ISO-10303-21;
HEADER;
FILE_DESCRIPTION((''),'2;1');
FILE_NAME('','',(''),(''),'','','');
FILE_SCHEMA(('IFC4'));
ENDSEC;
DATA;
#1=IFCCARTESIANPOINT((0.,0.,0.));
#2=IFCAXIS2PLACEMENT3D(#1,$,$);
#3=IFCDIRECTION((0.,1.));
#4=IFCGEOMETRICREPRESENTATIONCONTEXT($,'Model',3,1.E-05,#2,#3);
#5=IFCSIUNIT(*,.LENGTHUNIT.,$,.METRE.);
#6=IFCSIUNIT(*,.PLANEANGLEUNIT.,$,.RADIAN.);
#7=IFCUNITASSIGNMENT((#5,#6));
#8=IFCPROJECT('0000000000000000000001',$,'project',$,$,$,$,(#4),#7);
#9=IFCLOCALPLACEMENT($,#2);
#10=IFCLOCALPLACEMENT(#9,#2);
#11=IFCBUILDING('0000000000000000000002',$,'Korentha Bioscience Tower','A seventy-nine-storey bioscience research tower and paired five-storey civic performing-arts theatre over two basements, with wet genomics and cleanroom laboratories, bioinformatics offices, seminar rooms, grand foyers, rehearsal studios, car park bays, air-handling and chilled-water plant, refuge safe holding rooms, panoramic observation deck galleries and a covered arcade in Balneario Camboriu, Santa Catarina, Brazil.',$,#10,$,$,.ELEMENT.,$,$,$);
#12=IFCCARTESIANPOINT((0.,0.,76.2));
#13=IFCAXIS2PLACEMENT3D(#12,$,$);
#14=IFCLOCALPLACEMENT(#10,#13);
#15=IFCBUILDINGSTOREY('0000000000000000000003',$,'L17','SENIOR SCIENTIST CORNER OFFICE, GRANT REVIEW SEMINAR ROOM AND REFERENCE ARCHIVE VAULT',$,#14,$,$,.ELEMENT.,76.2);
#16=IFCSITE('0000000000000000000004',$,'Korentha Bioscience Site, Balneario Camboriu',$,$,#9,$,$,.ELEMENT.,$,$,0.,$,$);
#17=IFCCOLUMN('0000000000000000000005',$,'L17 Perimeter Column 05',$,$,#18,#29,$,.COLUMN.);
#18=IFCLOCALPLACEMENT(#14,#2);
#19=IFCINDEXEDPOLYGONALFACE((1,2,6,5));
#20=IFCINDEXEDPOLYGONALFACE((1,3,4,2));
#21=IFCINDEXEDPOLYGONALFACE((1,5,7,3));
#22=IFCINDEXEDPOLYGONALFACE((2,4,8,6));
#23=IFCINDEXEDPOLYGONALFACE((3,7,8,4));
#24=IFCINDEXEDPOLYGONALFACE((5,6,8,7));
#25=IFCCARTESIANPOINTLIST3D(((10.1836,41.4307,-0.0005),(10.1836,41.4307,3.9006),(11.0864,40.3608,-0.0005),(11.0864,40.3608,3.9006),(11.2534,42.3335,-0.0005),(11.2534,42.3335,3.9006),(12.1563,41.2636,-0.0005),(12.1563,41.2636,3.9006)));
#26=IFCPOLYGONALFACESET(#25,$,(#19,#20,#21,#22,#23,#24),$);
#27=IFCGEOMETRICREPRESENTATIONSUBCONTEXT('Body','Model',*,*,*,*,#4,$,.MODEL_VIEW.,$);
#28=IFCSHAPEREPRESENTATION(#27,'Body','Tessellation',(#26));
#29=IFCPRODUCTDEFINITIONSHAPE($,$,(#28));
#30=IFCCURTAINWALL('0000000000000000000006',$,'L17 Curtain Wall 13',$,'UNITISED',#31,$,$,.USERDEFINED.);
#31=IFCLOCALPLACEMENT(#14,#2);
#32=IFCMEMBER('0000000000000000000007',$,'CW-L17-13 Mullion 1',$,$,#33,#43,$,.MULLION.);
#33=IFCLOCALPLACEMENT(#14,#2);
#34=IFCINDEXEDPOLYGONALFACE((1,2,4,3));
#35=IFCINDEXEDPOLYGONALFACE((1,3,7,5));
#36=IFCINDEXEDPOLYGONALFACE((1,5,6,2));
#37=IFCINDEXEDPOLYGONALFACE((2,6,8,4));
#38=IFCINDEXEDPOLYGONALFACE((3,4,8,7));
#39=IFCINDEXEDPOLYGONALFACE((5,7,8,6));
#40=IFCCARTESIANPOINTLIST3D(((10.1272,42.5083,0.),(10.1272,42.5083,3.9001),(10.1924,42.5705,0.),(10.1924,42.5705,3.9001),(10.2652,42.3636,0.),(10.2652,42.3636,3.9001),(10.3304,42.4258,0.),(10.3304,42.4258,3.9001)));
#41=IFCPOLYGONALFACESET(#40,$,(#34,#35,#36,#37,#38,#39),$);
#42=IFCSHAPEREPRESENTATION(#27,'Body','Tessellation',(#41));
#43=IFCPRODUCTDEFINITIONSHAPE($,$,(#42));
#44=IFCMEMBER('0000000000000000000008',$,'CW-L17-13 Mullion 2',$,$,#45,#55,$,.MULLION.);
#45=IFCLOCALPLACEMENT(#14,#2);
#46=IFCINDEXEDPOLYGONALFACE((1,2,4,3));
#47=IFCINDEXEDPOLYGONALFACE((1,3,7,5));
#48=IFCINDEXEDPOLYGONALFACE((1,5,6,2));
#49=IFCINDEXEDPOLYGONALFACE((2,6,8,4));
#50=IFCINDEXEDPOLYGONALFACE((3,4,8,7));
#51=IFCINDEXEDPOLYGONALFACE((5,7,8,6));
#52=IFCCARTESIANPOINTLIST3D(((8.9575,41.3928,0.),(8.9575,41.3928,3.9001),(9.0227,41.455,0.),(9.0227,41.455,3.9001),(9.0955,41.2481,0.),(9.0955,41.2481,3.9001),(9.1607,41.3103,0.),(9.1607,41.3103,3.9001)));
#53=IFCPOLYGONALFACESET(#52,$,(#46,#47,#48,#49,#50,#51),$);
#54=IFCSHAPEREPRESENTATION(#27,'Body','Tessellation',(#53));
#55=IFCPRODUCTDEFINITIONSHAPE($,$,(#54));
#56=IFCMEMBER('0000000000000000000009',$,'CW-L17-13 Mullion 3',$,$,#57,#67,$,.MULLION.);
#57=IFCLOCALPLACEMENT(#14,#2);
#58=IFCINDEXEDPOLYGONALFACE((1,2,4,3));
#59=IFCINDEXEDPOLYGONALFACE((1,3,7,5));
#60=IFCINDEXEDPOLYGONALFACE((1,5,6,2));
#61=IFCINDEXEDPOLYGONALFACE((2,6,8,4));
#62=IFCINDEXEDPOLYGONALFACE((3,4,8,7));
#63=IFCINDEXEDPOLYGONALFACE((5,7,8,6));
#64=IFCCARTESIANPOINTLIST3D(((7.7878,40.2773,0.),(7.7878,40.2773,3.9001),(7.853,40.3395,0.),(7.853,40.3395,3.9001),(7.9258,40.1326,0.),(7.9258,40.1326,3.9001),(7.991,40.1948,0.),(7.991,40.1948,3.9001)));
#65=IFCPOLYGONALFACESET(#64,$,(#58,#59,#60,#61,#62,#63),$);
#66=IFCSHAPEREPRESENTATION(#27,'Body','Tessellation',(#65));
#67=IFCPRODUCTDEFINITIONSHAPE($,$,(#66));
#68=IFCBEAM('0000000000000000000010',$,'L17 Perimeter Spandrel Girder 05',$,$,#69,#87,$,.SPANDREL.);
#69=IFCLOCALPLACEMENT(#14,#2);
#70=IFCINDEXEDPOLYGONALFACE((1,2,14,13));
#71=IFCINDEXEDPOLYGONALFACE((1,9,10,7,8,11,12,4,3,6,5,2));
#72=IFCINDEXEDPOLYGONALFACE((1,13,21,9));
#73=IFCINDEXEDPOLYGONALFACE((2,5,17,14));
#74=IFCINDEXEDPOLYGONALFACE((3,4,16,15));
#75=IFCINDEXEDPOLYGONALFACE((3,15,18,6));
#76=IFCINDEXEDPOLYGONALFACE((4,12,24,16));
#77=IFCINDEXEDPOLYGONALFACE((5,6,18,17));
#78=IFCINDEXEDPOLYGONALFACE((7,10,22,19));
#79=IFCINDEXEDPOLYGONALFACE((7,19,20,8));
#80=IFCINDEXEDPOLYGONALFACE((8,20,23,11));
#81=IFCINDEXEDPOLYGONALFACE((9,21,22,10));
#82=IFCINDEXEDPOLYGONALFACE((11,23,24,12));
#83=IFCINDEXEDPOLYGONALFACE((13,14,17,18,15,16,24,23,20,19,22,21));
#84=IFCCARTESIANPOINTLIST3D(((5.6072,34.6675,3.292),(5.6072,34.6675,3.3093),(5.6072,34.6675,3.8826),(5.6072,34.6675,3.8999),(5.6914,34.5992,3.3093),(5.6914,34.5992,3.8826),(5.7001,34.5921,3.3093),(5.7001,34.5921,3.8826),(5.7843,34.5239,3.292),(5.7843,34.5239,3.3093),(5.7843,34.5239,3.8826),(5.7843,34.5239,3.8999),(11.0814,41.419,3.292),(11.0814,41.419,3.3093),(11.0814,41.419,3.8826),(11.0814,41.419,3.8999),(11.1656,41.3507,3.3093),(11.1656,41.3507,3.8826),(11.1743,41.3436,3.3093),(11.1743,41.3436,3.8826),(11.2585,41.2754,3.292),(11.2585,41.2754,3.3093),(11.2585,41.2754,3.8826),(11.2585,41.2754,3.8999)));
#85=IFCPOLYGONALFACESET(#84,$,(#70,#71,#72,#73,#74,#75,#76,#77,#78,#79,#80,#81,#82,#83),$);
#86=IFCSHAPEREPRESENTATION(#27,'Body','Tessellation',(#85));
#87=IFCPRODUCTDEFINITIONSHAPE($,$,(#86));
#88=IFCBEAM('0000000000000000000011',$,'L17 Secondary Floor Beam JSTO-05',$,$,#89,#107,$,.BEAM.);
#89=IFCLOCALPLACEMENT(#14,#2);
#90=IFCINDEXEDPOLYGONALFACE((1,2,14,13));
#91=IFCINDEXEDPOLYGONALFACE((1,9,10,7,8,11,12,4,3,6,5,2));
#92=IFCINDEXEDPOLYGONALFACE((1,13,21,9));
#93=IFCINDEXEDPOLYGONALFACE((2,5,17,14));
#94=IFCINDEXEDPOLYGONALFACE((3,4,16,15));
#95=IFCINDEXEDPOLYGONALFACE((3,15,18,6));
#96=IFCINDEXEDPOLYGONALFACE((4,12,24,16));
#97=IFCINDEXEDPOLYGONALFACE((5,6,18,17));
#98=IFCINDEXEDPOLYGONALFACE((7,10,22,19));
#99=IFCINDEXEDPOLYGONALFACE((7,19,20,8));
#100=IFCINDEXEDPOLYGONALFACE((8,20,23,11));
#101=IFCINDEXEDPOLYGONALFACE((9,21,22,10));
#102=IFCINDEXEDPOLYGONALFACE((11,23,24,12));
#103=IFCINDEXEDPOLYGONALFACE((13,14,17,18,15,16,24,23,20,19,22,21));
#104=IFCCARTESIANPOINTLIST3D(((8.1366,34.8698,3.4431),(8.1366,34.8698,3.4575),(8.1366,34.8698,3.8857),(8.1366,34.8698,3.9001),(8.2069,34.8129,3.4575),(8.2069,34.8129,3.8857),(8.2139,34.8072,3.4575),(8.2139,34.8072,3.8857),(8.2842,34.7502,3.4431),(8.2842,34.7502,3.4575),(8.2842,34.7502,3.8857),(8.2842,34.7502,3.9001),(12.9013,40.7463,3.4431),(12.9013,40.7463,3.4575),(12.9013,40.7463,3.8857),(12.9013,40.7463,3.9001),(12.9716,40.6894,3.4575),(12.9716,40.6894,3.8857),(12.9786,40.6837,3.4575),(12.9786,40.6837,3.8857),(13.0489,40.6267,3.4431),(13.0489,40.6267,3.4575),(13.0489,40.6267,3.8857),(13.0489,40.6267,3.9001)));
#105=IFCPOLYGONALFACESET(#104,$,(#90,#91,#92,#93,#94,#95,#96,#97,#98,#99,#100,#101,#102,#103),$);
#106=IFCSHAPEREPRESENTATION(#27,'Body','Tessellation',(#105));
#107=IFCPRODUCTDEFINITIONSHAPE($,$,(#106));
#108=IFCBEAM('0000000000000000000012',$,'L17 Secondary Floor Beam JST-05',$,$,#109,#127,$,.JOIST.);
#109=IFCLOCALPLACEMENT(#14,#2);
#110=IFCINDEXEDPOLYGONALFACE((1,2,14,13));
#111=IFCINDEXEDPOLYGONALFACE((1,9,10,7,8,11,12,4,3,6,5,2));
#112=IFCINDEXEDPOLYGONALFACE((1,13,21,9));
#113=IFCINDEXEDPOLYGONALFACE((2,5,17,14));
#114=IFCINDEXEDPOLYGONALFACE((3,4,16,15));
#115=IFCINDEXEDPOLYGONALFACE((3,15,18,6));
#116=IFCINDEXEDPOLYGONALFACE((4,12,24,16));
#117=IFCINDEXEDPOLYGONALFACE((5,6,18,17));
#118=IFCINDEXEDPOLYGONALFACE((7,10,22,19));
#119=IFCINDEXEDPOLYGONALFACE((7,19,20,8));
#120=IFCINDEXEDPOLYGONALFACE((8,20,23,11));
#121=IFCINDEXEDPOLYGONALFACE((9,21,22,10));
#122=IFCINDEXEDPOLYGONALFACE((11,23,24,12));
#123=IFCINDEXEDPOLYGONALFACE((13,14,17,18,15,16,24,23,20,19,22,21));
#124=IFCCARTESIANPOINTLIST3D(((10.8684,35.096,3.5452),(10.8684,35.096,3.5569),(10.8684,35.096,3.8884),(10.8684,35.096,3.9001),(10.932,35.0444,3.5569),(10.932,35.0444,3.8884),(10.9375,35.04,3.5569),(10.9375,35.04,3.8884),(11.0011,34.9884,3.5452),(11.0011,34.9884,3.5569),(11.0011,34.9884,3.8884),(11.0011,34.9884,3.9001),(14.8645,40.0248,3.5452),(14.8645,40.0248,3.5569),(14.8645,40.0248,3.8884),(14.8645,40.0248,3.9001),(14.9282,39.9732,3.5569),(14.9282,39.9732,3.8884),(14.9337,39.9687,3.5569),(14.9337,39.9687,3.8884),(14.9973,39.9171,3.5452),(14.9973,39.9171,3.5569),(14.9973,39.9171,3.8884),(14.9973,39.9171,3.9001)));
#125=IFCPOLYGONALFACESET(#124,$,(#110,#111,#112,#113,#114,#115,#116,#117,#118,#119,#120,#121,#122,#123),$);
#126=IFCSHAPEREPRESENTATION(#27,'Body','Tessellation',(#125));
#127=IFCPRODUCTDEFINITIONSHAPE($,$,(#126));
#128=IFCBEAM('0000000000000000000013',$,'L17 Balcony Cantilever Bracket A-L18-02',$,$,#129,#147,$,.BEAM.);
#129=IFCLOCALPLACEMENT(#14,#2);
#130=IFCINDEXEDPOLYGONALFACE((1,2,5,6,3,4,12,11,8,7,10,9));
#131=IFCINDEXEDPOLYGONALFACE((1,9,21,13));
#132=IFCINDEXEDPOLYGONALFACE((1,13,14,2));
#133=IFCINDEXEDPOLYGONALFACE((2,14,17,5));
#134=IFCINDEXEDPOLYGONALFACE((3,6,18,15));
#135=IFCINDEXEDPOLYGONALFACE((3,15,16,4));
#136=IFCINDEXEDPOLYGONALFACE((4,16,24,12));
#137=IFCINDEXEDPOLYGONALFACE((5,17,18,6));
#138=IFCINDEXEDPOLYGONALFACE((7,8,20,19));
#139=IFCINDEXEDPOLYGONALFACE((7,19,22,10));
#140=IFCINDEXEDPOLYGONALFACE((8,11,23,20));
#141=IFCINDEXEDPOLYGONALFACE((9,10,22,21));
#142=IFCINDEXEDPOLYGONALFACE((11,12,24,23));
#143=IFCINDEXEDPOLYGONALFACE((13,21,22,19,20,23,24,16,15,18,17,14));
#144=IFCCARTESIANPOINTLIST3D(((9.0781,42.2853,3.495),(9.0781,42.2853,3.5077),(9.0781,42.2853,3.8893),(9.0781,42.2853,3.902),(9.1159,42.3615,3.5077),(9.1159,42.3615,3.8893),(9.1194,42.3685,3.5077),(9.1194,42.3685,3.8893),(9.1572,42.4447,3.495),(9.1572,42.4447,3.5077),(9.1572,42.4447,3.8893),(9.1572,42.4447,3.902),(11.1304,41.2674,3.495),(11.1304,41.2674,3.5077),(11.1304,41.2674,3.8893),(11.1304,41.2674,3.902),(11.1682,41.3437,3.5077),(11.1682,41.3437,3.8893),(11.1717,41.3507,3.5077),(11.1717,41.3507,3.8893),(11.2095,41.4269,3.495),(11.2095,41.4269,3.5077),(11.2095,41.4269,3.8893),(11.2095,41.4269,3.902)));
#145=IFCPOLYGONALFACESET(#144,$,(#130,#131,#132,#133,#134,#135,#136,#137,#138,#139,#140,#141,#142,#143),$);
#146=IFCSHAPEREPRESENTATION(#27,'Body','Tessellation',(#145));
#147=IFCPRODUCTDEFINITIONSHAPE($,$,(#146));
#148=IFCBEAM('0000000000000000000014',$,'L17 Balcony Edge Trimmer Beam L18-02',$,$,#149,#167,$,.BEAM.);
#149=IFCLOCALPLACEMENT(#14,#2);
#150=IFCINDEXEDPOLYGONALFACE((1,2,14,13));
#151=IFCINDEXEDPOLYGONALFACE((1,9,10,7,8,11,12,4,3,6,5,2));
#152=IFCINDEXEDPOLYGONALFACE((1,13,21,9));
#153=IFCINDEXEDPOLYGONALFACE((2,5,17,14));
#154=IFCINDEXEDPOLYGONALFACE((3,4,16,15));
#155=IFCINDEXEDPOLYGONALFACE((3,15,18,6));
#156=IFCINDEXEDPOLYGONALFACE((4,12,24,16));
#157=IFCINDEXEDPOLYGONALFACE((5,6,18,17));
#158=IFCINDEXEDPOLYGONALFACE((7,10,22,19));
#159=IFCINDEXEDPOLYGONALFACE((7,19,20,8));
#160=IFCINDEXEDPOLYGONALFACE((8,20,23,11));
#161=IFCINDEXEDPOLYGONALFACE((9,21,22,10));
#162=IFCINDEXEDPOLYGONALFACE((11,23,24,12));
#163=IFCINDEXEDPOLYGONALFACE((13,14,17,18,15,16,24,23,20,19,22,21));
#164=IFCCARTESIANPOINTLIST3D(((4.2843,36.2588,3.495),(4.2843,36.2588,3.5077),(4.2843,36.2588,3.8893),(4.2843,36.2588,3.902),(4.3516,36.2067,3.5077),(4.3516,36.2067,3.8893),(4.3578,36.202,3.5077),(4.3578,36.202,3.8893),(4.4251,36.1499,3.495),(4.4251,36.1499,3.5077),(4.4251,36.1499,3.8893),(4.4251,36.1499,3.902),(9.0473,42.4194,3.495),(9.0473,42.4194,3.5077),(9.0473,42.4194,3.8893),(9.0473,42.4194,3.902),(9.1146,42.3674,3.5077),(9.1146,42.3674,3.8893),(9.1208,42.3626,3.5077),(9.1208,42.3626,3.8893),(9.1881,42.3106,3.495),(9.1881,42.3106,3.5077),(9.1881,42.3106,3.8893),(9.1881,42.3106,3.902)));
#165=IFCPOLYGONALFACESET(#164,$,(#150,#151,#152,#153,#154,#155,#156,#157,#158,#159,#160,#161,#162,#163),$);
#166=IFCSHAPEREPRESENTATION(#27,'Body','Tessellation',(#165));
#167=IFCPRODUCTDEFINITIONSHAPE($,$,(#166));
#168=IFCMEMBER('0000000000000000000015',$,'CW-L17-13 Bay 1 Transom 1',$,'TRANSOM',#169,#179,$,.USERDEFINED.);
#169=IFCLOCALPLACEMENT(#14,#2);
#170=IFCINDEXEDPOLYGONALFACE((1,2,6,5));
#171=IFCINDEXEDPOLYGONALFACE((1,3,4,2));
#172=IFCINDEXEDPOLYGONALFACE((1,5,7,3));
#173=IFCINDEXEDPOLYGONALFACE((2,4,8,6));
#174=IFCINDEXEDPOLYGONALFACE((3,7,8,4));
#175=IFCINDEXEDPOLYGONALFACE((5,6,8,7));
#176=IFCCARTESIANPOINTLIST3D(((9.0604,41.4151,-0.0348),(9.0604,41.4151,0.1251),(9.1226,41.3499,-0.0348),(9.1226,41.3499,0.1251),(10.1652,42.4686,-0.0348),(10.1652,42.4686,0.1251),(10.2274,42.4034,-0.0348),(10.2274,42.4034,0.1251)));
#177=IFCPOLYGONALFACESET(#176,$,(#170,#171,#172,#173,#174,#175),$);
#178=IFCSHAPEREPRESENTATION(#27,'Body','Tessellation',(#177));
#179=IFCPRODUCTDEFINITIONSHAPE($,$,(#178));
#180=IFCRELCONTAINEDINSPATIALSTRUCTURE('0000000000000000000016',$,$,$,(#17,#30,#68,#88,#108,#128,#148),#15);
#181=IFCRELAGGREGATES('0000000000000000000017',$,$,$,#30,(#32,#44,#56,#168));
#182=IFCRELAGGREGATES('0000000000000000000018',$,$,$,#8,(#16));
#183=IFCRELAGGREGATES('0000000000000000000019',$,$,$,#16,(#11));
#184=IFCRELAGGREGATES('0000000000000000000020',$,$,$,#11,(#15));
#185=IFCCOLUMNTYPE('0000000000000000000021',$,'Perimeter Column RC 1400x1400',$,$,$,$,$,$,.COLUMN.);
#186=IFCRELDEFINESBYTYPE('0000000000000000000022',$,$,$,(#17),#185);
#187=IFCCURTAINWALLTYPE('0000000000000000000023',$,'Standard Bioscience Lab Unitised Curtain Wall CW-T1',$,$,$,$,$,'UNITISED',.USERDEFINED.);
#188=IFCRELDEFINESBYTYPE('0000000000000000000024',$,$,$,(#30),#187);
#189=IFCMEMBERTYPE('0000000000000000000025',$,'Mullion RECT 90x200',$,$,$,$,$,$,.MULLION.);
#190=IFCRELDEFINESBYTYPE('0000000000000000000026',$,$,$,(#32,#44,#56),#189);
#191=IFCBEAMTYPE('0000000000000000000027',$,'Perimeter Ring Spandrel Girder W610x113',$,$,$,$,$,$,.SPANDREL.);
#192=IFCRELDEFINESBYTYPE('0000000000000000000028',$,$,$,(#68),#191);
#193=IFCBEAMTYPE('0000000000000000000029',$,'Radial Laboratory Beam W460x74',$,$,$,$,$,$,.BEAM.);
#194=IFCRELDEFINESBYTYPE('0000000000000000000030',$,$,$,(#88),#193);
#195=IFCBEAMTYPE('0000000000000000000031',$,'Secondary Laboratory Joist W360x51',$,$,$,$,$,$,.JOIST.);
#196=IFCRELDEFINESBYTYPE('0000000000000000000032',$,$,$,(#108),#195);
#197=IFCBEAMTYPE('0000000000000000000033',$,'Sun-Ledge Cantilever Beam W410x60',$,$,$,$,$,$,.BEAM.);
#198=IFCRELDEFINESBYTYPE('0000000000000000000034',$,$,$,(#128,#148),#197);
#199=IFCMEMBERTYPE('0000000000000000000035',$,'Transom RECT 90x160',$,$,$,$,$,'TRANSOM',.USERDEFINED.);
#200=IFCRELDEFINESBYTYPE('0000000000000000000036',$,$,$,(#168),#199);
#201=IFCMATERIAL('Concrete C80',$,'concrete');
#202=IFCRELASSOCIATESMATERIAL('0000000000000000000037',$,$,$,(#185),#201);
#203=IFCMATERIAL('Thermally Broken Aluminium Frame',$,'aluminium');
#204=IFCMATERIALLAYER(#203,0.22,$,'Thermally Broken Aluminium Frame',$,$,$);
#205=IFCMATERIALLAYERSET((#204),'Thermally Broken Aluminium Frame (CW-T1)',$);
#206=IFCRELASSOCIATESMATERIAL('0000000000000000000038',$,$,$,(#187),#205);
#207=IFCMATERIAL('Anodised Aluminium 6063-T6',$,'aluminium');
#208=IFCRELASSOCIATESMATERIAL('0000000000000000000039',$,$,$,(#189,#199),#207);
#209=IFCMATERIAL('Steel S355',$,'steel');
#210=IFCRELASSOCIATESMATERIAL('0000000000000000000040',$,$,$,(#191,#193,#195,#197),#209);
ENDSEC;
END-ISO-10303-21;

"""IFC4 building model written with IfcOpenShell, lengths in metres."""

from ifc_helpers import new_model, si_unit, direction, frame, origin, origin_2d, place, context, subcontext, project, spatial, rectangle, i_section, extrude, material, layer, layer_set, material_profile, profile_set, type_object, element, aggregate, save


model = new_model("IFC4")

# Units and contexts
model_context = context("Model", 3, precision=1e-05, world=origin(), true_north=direction((0.0, 1.0)))
body_context = subcontext(model_context, "Body", "Model", "MODEL_VIEW")
ifc_project = project(units=[si_unit("LENGTHUNIT", "METRE"), si_unit("PLANEANGLEUNIT", "RADIAN")], contexts=[model_context])

# Site, building, storey
site_placement = place(None, origin())
site = spatial("IfcSite", under=ifc_project, at=site_placement, Name="Korentha Bioscience Site, Balneario Camboriu", CompositionType="ELEMENT", RefElevation=0.0)
building_placement = place(site_placement, origin())
building = spatial("IfcBuilding", under=site, at=building_placement, Name="Korentha Bioscience Tower", Description="A seventy-nine-storey bioscience research tower and paired five-storey civic performing-arts theatre over two basements, with wet genomics and cleanroom laboratories, bioinformatics offices, seminar rooms, grand foyers, rehearsal studios, car park bays, air-handling and chilled-water plant, refuge safe holding rooms, panoramic observation deck galleries and a covered arcade in Balneario Camboriu, Santa Catarina, Brazil.", CompositionType="ELEMENT")
storey_placement = place(building_placement, frame((0.0, 0.0, 76.2)))
storey = spatial("IfcBuildingStorey", under=building, at=storey_placement, Name="L17", Description="SENIOR SCIENTIST CORNER OFFICE, GRANT REVIEW SEMINAR ROOM AND REFERENCE ARCHIVE VAULT", CompositionType="ELEMENT", Elevation=76.2)

# Column
ifc_material_1 = material(Name="Concrete C80", Category="concrete")
ifc_material_profile_1 = material_profile(ifc_material_1, rectangle(XDim=1.3999, YDim=1.3999, at=origin_2d()), Name="Concrete C80")
ifc_profile_set_1 = profile_set([ifc_material_profile_1], Name="Concrete C80 (COL-P14)")
column_type = type_object("IfcColumnType", Name="Perimeter Column RC 1400x1400", PredefinedType="COLUMN", material=ifc_profile_set_1)
column_placement = place(storey_placement, frame((11.1699, 41.3472, -0.0005), z_axis=(0.0, 0.0, 1.0), x_axis=(0.764246, 0.644924, 0.0)))
element("IfcColumn", 1, at=column_placement, inside=storey, type_object=column_type, Name="L17 Perimeter Column 05", PredefinedType="COLUMN", context=body_context, shape_type="SweptSolid", body=[
    extrude(rectangle(XDim=1.3999, YDim=1.3999, at=origin_2d()), origin(), (0.0, 0.0, 1.0), 3.9011),
])

# Curtain wall, members
ifc_material_2 = material(Name="Thermally Broken Aluminium Frame", Category="aluminium")
ifc_layer_1 = layer(ifc_material_2, 0.22, Name="Thermally Broken Aluminium Frame")
ifc_layer_set_1 = layer_set([ifc_layer_1], Name="Thermally Broken Aluminium Frame (CW-T1)")
curtain_wall_type = type_object("IfcCurtainWallType", Name="Standard Bioscience Lab Unitised Curtain Wall CW-T1", ElementType="UNITISED", PredefinedType="USERDEFINED", material=ifc_layer_set_1)
curtain_wall_placement = place(storey_placement, origin())
curtain_wall = element("IfcCurtainWall", 2, at=curtain_wall_placement, inside=storey, type_object=curtain_wall_type, Name="L17 Curtain Wall 13", ObjectType="UNITISED", PredefinedType="USERDEFINED")
ifc_material_3 = material(Name="Anodised Aluminium 6063-T6", Category="aluminium")
ifc_material_profile_2 = material_profile(ifc_material_3, rectangle(XDim=0.0901, YDim=0.2, at=origin_2d()), Name="Anodised Aluminium 6063-T6")
ifc_profile_set_2 = profile_set([ifc_material_profile_2], Name="Anodised Aluminium 6063-T6 (CW-MUL)")
member_type_1 = type_object("IfcMemberType", Name="Mullion RECT 90x200", PredefinedType="MULLION", material=ifc_profile_set_2)
member_1_placement = place(storey_placement, frame((10.2288, 42.467, 0.0), z_axis=(0.0, 0.0, 1.0), x_axis=(-0.723642, -0.690176, 0.0)))
member_1 = element("IfcMember", 3, at=member_1_placement, type_object=member_type_1, Name="CW-L17-13 Mullion 1", PredefinedType="MULLION", context=body_context, shape_type="SweptSolid", body=[
    extrude(rectangle(XDim=0.0901, YDim=0.2, at=origin_2d()), origin(), (0.0, 0.0, 1.0), 3.9001),
])
member_2_placement = place(storey_placement, frame((9.0591, 41.3516, 0.0), z_axis=(0.0, 0.0, 1.0), x_axis=(-0.723642, -0.690176, 0.0)))
member_2 = element("IfcMember", 4, at=member_2_placement, type_object=member_type_1, Name="CW-L17-13 Mullion 2", PredefinedType="MULLION", context=body_context, shape_type="SweptSolid", body=[
    extrude(rectangle(XDim=0.0901, YDim=0.2, at=origin_2d()), origin(), (0.0, 0.0, 1.0), 3.9001),
])
member_3_placement = place(storey_placement, frame((7.8894, 40.2361, 0.0), z_axis=(0.0, 0.0, 1.0), x_axis=(-0.723642, -0.690176, 0.0)))
member_3 = element("IfcMember", 5, at=member_3_placement, type_object=member_type_1, Name="CW-L17-13 Mullion 3", PredefinedType="MULLION", context=body_context, shape_type="SweptSolid", body=[
    extrude(rectangle(XDim=0.0901, YDim=0.2, at=origin_2d()), origin(), (0.0, 0.0, 1.0), 3.9001),
])

# Beams
ifc_material_4 = material(Name="Steel S355", Category="steel")
ifc_material_profile_3 = material_profile(ifc_material_4, i_section(OverallWidth=0.228, OverallDepth=0.6079, WebThickness=0.0112, FlangeThickness=0.0173, at=origin_2d()), Name="Steel S355")
ifc_profile_set_3 = profile_set([ifc_material_profile_3], Name="Steel S355 (SB-610)")
beam_type_1 = type_object("IfcBeamType", Name="Perimeter Ring Spandrel Girder W610x113", PredefinedType="SPANDREL", material=ifc_profile_set_3)
beam_1_placement = place(storey_placement, frame((11.1699, 41.3472, 3.5959), z_axis=(-0.629799, -0.776758, 0.0), x_axis=(0.776758, -0.629799, 0.0)))
element("IfcBeam", 6, at=beam_1_placement, inside=storey, type_object=beam_type_1, Name="L17 Perimeter Spandrel Girder 05", PredefinedType="SPANDREL", context=body_context, shape_type="SweptSolid", body=[
    extrude(i_section(OverallWidth=0.228, OverallDepth=0.6079, WebThickness=0.0112, FlangeThickness=0.0173, at=origin_2d()), origin(), (0.0, 0.0, 1.0), 8.6919),
])
ifc_material_profile_4 = material_profile(ifc_material_4, i_section(OverallWidth=0.1899, OverallDepth=0.457, WebThickness=0.009, FlangeThickness=0.0144, at=origin_2d()), Name="Steel S355")
ifc_profile_set_4 = profile_set([ifc_material_profile_4], Name="Steel S355 (RB-460)")
beam_type_2 = type_object("IfcBeamType", Name="Radial Laboratory Beam W460x74", PredefinedType="BEAM", material=ifc_profile_set_4)
beam_2_placement = place(storey_placement, frame((12.9751, 40.6865, 3.6716), z_axis=(-0.629798, -0.776759, 0.0), x_axis=(0.776759, -0.629798, 0.0)))
element("IfcBeam", 7, at=beam_2_placement, inside=storey, type_object=beam_type_2, Name="L17 Secondary Floor Beam JSTO-05", PredefinedType="BEAM", context=body_context, shape_type="SweptSolid", body=[
    extrude(i_section(OverallWidth=0.1899, OverallDepth=0.457, WebThickness=0.009, FlangeThickness=0.0144, at=origin_2d()), origin(), (0.0, 0.0, 1.0), 7.5654),
])
ifc_material_profile_5 = material_profile(ifc_material_4, i_section(OverallWidth=0.1709, OverallDepth=0.355, WebThickness=0.0071, FlangeThickness=0.0117, at=origin_2d()), Name="Steel S355")
ifc_profile_set_5 = profile_set([ifc_material_profile_5], Name="Steel S355 (JB-360)")
beam_type_3 = type_object("IfcBeamType", Name="Secondary Laboratory Joist W360x51", PredefinedType="JOIST", material=ifc_profile_set_5)
beam_3_placement = place(storey_placement, frame((14.9309, 39.9709, 3.7227), z_axis=(-0.629787, -0.776768, 0.0), x_axis=(0.776768, -0.629787, 0.0)))
element("IfcBeam", 8, at=beam_3_placement, inside=storey, type_object=beam_type_3, Name="L17 Secondary Floor Beam JST-05", PredefinedType="JOIST", context=body_context, shape_type="SweptSolid", body=[
    extrude(i_section(OverallWidth=0.1709, OverallDepth=0.355, WebThickness=0.0071, FlangeThickness=0.0117, at=origin_2d()), origin(), (0.0, 0.0, 1.0), 6.3452),
])
ifc_material_profile_6 = material_profile(ifc_material_4, i_section(OverallWidth=0.178, OverallDepth=0.407, WebThickness=0.0078, FlangeThickness=0.0127, at=origin_2d()), Name="Steel S355")
ifc_profile_set_6 = profile_set([ifc_material_profile_6], Name="Steel S355 (CB-410)")
beam_type_4 = type_object("IfcBeamType", Name="Sun-Ledge Cantilever Beam W410x60", PredefinedType="BEAM", material=ifc_profile_set_6)
beam_4_placement = place(storey_placement, frame((11.1699, 41.3472, 3.6985), z_axis=(-0.895872, 0.444312, 0.0), x_axis=(-0.444312, -0.895872, 0.0)))
element("IfcBeam", 9, at=beam_4_placement, inside=storey, type_object=beam_type_4, Name="L17 Balcony Cantilever Bracket A-L18-02", PredefinedType="BEAM", context=body_context, shape_type="SweptSolid", body=[
    extrude(i_section(OverallWidth=0.178, OverallDepth=0.407, WebThickness=0.0078, FlangeThickness=0.0127, at=origin_2d()), origin(), (0.0, 0.0, 1.0), 2.2908),
])
beam_5_placement = place(storey_placement, frame((9.1177, 42.365, 3.6985), z_axis=(-0.611644, -0.791133, 0.0), x_axis=(0.791133, -0.611644, 0.0)))
element("IfcBeam", 10, at=beam_5_placement, inside=storey, type_object=beam_type_4, Name="L17 Balcony Edge Trimmer Beam L18-02", PredefinedType="BEAM", context=body_context, shape_type="SweptSolid", body=[
    extrude(i_section(OverallWidth=0.178, OverallDepth=0.407, WebThickness=0.0078, FlangeThickness=0.0127, at=origin_2d()), origin(), (0.0, 0.0, 1.0), 7.7871),
])

# Member
ifc_material_profile_7 = material_profile(ifc_material_3, rectangle(XDim=0.0901, YDim=0.1599, at=origin_2d()), Name="Anodised Aluminium 6063-T6")
ifc_profile_set_7 = profile_set([ifc_material_profile_7], Name="Anodised Aluminium 6063-T6 (CW-TRN)")
member_type_2 = type_object("IfcMemberType", Name="Transom RECT 90x160", ElementType="TRANSOM", PredefinedType="USERDEFINED", material=ifc_profile_set_7)
member_4_placement = place(storey_placement, frame((10.1963, 42.436, 0.0452), z_axis=(-0.7237, -0.690114, 0.0), x_axis=(0.690114, -0.7237, 0.0)))
member_4 = element("IfcMember", 11, at=member_4_placement, type_object=member_type_2, Name="CW-L17-13 Bay 1 Transom 1", ObjectType="TRANSOM", PredefinedType="USERDEFINED", context=body_context, shape_type="SweptSolid", body=[
    extrude(rectangle(XDim=0.0901, YDim=0.1599, at=origin_2d()), origin(), (0.0, 0.0, 1.0), 1.5266),
])

aggregate(curtain_wall, [member_1, member_2, member_3, member_4])

save(model, "model.ifc")
